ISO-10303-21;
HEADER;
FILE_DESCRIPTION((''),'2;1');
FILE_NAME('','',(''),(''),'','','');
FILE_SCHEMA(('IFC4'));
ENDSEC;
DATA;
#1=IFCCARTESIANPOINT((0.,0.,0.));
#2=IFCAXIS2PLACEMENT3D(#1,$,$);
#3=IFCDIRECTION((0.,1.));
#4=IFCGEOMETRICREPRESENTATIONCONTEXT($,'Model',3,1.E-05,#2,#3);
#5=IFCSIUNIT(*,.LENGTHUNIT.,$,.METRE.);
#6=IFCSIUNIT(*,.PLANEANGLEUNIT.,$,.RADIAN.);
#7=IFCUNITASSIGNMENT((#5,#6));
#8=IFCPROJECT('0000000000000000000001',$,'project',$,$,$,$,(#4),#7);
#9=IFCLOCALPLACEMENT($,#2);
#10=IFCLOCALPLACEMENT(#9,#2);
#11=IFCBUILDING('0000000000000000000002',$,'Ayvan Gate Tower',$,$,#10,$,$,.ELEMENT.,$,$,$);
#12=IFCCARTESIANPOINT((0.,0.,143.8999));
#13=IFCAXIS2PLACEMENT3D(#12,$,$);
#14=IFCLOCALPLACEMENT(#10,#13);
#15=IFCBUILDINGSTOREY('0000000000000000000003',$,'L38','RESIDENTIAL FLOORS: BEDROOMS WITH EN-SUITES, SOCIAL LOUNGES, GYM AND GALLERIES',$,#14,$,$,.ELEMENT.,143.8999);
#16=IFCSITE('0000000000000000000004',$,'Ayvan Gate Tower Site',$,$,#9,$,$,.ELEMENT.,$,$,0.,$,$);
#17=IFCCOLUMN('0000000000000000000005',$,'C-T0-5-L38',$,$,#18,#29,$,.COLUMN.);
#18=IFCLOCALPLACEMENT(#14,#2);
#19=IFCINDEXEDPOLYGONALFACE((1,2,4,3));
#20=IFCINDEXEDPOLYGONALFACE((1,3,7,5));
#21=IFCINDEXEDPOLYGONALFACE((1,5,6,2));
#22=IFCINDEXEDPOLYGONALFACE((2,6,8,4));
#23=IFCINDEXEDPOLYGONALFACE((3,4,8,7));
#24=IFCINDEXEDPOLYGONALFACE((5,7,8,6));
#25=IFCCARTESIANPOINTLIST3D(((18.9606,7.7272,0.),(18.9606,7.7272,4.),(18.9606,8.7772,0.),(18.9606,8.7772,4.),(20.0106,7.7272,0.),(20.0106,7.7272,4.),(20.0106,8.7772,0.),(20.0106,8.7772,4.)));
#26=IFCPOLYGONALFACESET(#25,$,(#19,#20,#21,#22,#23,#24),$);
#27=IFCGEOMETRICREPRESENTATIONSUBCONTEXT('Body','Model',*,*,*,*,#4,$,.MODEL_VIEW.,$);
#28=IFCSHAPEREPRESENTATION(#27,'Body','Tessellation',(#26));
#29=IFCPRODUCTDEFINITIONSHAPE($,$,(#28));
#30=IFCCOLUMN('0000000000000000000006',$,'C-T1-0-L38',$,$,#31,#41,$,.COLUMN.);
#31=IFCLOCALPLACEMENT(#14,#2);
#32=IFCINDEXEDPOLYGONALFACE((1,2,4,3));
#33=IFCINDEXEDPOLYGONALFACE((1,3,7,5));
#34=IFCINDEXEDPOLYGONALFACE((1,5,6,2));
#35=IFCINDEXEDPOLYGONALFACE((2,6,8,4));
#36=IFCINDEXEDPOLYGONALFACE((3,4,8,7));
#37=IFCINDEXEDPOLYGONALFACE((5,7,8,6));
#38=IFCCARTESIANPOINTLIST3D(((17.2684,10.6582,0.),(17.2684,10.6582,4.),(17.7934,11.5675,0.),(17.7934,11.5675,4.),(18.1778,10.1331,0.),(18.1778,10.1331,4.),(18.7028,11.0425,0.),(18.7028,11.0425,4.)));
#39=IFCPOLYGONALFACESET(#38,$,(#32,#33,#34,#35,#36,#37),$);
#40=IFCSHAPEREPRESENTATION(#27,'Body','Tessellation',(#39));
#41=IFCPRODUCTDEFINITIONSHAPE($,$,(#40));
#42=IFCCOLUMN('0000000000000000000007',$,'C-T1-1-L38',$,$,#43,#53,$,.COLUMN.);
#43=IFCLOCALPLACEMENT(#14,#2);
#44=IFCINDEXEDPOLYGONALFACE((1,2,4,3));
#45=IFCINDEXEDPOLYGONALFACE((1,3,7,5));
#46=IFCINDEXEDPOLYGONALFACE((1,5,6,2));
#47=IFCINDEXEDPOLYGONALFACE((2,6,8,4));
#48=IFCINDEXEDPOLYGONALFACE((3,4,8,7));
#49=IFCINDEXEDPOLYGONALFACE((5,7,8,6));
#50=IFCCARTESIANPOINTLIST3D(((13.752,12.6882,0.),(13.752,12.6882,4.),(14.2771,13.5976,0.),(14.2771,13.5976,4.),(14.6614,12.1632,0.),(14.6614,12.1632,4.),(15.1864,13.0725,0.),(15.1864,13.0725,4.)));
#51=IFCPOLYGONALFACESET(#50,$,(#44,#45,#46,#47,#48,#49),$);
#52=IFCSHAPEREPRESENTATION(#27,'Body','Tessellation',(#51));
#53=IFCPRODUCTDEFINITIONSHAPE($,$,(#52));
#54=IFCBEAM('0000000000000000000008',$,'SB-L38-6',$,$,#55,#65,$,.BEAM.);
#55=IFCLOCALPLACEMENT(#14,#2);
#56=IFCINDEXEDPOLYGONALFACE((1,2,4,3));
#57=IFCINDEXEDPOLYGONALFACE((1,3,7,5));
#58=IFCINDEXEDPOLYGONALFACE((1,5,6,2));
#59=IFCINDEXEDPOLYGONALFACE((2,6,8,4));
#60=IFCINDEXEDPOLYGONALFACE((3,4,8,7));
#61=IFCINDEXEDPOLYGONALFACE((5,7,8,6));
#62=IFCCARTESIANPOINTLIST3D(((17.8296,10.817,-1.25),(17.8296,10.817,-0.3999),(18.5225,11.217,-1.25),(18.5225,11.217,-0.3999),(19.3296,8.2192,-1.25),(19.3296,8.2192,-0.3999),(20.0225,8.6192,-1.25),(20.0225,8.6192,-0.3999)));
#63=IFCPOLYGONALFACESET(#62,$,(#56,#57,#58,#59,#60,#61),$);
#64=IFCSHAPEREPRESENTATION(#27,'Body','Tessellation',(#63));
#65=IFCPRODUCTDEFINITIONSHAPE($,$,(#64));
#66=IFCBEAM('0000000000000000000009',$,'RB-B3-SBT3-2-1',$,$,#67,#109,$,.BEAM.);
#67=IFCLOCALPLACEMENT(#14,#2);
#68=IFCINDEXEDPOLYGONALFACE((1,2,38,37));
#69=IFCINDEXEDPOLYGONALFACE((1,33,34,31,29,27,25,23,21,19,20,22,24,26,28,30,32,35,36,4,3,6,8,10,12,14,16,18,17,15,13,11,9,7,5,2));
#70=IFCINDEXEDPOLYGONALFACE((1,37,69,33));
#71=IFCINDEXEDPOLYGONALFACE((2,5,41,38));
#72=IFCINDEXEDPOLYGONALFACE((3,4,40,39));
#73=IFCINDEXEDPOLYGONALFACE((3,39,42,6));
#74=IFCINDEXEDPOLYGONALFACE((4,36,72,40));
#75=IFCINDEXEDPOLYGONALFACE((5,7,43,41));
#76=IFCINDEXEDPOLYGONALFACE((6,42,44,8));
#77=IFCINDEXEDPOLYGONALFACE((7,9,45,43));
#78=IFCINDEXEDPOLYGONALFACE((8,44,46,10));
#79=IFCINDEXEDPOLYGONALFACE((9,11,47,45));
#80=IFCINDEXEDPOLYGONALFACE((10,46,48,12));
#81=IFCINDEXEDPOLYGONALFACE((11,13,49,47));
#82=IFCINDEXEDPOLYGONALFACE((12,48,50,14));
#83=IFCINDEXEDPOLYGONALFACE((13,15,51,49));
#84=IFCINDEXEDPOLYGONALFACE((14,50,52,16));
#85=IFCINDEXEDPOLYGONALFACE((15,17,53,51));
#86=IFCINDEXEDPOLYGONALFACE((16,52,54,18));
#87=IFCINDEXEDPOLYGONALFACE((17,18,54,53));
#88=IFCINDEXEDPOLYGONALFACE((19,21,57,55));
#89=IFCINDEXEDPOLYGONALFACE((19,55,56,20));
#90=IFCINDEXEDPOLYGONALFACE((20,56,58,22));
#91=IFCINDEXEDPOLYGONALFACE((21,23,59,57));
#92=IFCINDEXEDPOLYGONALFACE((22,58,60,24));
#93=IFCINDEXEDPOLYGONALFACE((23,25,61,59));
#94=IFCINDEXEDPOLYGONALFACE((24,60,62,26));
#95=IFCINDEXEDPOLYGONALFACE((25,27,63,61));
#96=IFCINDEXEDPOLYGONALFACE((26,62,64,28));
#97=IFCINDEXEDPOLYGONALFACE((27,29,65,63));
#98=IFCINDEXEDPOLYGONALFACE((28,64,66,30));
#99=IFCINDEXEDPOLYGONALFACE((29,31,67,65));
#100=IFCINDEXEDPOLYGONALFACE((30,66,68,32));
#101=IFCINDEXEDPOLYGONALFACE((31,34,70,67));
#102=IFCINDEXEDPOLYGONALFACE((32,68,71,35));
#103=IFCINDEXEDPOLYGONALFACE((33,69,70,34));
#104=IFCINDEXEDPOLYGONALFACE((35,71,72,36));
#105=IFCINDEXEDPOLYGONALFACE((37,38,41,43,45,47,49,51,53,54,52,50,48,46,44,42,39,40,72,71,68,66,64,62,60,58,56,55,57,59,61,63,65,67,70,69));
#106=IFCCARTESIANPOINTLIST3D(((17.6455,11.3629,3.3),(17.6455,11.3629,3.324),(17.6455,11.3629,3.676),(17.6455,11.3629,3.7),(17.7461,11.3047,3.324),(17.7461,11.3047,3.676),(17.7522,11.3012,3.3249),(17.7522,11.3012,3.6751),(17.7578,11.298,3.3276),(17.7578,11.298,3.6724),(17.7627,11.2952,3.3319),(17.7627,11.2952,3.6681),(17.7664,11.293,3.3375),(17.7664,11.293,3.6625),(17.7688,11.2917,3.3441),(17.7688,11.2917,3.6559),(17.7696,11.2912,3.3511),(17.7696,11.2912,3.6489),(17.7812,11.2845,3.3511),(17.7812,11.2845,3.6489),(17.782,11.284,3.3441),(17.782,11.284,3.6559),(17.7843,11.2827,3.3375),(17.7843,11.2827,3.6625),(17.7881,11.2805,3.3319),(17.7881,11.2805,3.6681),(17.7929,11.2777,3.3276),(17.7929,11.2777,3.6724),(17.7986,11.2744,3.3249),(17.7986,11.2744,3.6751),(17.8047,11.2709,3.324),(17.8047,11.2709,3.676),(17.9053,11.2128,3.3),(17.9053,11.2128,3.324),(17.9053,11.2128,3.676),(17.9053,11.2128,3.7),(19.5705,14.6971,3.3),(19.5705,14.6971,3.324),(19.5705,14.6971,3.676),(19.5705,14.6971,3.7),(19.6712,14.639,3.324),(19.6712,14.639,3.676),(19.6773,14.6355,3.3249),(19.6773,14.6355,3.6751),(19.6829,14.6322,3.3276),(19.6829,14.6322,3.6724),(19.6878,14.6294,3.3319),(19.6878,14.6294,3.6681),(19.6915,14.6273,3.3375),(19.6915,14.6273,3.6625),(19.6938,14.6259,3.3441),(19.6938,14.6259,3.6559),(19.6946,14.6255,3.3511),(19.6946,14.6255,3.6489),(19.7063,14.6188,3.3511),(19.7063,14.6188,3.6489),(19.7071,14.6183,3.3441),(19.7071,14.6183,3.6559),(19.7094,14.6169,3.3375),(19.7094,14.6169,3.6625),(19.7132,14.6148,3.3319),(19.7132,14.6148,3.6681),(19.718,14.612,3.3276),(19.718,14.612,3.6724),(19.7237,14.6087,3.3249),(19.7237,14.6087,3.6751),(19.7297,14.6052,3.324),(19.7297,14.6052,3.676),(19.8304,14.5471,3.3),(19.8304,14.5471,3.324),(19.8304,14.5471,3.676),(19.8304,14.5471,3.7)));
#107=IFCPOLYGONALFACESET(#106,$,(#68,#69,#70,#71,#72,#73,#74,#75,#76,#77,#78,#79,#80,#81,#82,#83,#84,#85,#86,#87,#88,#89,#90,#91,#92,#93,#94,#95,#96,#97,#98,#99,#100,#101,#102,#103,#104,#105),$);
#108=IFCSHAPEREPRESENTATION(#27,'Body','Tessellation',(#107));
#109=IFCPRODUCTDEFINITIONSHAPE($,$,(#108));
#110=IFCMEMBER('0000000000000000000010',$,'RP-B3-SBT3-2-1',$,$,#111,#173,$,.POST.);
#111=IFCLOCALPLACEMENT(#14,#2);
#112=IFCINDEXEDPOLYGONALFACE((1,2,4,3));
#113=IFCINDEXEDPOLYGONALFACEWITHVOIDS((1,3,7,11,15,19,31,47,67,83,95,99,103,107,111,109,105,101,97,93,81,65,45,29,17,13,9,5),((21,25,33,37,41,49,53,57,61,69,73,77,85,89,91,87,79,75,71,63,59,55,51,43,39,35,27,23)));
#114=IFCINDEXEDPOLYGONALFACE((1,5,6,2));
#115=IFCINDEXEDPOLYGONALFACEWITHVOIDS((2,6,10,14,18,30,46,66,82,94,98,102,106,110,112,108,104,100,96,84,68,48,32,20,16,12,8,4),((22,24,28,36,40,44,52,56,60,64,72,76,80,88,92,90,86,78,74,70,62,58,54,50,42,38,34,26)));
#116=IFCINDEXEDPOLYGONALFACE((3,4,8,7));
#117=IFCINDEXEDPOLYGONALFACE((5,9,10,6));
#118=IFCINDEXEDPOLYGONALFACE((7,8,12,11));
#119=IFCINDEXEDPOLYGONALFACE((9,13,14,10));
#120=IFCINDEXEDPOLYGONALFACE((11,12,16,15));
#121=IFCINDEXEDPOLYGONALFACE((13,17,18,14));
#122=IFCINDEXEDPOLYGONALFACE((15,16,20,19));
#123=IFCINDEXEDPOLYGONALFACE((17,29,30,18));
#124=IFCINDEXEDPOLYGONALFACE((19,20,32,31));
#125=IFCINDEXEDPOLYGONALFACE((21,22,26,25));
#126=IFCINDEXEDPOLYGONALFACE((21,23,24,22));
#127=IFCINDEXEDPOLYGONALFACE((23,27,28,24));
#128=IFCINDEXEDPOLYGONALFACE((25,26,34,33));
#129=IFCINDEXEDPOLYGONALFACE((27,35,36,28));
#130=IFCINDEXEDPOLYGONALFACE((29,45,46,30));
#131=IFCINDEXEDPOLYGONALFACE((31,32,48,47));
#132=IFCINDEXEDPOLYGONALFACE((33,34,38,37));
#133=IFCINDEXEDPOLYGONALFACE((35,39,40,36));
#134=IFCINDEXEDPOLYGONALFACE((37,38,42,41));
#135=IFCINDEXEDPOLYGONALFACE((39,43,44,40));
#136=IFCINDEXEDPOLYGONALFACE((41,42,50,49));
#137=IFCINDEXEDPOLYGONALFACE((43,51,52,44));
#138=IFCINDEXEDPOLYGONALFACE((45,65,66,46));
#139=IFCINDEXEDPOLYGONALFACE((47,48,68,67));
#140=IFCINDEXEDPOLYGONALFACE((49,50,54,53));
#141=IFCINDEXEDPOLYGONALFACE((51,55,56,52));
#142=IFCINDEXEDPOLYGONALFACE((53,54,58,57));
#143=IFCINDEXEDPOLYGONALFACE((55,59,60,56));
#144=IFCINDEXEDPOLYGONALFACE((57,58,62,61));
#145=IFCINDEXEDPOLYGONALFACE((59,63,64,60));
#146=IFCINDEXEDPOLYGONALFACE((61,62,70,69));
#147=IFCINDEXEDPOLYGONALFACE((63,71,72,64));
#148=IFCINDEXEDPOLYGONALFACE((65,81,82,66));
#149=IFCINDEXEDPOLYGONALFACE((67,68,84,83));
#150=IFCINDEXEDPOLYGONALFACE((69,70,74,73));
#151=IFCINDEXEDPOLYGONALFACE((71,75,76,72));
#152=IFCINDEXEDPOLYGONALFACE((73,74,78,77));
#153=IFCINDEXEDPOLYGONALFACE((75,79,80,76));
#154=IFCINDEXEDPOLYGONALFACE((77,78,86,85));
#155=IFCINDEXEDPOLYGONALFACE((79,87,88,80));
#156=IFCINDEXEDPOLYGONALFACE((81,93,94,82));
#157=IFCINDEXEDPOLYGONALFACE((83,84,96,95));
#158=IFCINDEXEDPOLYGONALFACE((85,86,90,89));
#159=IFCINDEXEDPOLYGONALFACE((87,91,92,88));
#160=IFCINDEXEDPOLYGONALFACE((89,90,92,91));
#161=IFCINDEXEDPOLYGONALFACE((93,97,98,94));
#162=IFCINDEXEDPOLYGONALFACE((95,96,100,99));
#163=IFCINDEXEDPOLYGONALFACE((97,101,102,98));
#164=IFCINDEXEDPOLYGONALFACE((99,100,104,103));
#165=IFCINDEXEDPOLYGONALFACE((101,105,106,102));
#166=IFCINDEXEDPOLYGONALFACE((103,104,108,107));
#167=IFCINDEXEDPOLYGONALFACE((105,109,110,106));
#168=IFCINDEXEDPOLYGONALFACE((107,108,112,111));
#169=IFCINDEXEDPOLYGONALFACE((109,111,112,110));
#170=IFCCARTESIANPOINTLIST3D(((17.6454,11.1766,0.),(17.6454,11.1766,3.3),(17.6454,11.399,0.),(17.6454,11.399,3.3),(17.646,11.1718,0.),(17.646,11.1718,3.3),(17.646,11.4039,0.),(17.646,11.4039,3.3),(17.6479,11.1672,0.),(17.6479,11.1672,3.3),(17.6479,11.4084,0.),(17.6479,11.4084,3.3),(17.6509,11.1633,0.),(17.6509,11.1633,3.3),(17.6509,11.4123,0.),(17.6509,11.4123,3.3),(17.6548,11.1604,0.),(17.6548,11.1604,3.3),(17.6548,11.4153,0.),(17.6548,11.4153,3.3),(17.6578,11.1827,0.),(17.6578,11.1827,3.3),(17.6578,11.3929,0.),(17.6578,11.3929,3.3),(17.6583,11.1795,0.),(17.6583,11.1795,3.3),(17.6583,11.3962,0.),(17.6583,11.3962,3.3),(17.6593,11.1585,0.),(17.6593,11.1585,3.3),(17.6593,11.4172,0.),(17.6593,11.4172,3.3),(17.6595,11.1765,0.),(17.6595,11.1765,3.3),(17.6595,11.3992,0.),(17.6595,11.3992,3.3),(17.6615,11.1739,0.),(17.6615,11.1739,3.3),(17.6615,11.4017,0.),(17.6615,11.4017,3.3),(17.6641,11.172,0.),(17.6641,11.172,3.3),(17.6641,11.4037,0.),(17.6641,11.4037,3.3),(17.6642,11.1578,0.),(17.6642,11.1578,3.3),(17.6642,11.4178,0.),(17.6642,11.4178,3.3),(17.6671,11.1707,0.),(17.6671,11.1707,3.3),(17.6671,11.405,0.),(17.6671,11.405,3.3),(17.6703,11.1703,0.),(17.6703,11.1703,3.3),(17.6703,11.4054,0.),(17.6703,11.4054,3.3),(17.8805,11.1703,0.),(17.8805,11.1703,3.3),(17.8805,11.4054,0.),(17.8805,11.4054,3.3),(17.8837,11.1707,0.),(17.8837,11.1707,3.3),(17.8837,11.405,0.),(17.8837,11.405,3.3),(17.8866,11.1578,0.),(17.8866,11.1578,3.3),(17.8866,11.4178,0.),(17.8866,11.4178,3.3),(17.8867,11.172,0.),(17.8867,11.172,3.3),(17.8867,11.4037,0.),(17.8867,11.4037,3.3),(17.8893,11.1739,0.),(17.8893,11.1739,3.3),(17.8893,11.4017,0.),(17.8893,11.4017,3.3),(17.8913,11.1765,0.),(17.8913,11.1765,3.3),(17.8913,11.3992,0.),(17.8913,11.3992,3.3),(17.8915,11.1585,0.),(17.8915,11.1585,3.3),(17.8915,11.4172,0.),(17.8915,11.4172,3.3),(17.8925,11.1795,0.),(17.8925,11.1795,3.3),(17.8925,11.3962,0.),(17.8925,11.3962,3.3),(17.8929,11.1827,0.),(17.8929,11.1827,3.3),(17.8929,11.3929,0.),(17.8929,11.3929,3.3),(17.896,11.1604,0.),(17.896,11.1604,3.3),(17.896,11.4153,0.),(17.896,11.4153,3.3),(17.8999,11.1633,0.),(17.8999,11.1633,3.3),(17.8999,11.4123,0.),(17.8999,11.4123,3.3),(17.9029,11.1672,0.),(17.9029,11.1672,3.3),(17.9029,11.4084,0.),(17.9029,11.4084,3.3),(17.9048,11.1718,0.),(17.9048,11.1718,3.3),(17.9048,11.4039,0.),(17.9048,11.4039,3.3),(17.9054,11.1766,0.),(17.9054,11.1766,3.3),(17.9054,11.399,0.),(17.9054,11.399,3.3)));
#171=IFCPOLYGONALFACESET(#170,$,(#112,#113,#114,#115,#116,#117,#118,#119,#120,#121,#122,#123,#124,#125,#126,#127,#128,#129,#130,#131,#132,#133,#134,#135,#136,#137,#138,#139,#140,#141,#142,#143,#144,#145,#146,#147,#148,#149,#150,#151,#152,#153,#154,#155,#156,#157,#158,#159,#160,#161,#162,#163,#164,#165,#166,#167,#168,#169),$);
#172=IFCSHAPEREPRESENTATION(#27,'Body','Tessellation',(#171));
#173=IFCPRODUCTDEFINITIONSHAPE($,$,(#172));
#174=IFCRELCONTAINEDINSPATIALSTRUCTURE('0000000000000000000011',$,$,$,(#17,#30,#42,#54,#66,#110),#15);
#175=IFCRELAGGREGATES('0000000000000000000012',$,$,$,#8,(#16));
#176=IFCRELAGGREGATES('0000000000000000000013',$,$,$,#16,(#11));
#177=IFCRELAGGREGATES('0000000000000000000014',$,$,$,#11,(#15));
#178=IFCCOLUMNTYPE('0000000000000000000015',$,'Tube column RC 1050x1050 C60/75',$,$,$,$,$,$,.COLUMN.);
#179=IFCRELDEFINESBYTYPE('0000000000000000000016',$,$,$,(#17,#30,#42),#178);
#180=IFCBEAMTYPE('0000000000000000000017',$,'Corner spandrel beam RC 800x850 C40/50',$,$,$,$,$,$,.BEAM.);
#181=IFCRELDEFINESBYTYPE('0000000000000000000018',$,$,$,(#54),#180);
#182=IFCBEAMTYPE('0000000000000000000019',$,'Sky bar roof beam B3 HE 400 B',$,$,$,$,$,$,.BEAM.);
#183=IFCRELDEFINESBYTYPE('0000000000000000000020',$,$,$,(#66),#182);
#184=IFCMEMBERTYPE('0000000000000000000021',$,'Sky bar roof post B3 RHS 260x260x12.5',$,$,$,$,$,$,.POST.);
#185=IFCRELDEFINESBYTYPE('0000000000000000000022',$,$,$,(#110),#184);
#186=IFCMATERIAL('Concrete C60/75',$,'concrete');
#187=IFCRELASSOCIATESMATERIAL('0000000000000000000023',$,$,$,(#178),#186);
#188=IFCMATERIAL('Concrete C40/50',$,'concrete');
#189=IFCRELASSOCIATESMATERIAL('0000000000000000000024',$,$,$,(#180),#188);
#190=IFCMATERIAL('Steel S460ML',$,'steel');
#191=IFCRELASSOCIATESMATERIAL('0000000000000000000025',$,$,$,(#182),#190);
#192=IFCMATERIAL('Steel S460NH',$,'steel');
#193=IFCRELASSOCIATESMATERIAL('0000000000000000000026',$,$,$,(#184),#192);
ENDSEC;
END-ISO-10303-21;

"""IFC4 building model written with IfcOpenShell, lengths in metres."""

from ifc_helpers import new_model, si_unit, direction, frame, origin, origin_2d, place, context, subcontext, project, spatial, rectangle, hollow_rectangle, i_section, extrude, material, material_profile, profile_set, type_object, element, save


model = new_model("IFC4")

# Units and contexts
model_context = context("Model", 3, precision=1e-05, world=origin(), true_north=direction((0.0, 1.0)))
body_context = subcontext(model_context, "Body", "Model", "MODEL_VIEW")
ifc_project = project(units=[si_unit("LENGTHUNIT", "METRE"), si_unit("PLANEANGLEUNIT", "RADIAN")], contexts=[model_context])

# Site, building, storey
site_placement = place(None, origin())
site = spatial("IfcSite", under=ifc_project, at=site_placement, Name="Ayvan Gate Tower Site", CompositionType="ELEMENT", RefElevation=0.0)
building_placement = place(site_placement, origin())
building = spatial("IfcBuilding", under=site, at=building_placement, Name="Ayvan Gate Tower", CompositionType="ELEMENT")
storey_placement = place(building_placement, frame((0.0, 0.0, 143.8999)))
storey = spatial("IfcBuildingStorey", under=building, at=storey_placement, Name="L38", Description="RESIDENTIAL FLOORS: BEDROOMS WITH EN-SUITES, SOCIAL LOUNGES, GYM AND GALLERIES", CompositionType="ELEMENT", Elevation=143.8999)

# Columns
ifc_material_1 = material(Name="Concrete C60/75", Category="concrete")
ifc_material_profile_1 = material_profile(ifc_material_1, rectangle(XDim=1.05, YDim=1.05, at=origin_2d()), Name="RC 1050x1050")
ifc_profile_set_1 = profile_set([ifc_material_profile_1], Name="Concrete C60/75")
column_type = type_object("IfcColumnType", Name="Tube column RC 1050x1050 C60/75", PredefinedType="COLUMN", material=ifc_profile_set_1)
for number, where, z_axis, x_axis, name in (
    (1, (19.4856, 8.2522, 0.0), (0.0, 0.0, 1.0), (1.0, 0.0, 0.0), "C-T0-5-L38"),
    (2, (17.9856, 10.8503, 0.0), (0.0, 0.0, 1.0), (0.5, 0.866025, 0.0), "C-T1-0-L38"),
    (3, (14.4692, 12.8804, 0.0), (0.0, 0.0, 1.0), (0.5, 0.866025, 0.0), "C-T1-1-L38"),
):
    element("IfcColumn", number, at=place(storey_placement, frame(where, z_axis=z_axis, x_axis=x_axis)), inside=storey, type_object=column_type, Name=name, PredefinedType="COLUMN", context=body_context, shape_type="SweptSolid", body=[
        extrude(rectangle(XDim=1.05, YDim=1.05, at=origin_2d()), origin(), (0.0, 0.0, 1.0), 4.0),
    ])

# Beams
ifc_material_2 = material(Name="Concrete C40/50", Category="concrete")
ifc_material_profile_2 = material_profile(ifc_material_2, rectangle(XDim=0.8, YDim=0.8501, at=origin_2d()), Name="RC 800x850")
ifc_profile_set_2 = profile_set([ifc_material_profile_2], Name="Concrete C40/50")
beam_type_1 = type_object("IfcBeamType", Name="Corner spandrel beam RC 800x850 C40/50", PredefinedType="BEAM", material=ifc_profile_set_2)
beam_1_placement = place(storey_placement, frame((19.676, 8.4192, -0.825), z_axis=(-0.500025, 0.866011, 0.0), x_axis=(-0.866011, -0.500025, 0.0)))
element("IfcBeam", 4, at=beam_1_placement, inside=storey, type_object=beam_type_1, Name="SB-L38-6", PredefinedType="BEAM", context=body_context, shape_type="SweptSolid", body=[
    extrude(rectangle(XDim=0.8, YDim=0.8501, at=origin_2d()), origin(), (0.0, 0.0, 1.0), 2.9998),
])
ifc_material_3 = material(Name="Steel S460ML", Category="steel")
ifc_material_profile_3 = material_profile(ifc_material_3, i_section(OverallWidth=0.3, OverallDepth=0.3999, WebThickness=0.0134, FlangeThickness=0.0239, FilletRadius=0.0271, at=origin_2d()), Name="HE 400 B")
ifc_profile_set_3 = profile_set([ifc_material_profile_3], Name="Steel S460ML")
beam_type_2 = type_object("IfcBeamType", Name="Sky bar roof beam B3 HE 400 B", PredefinedType="BEAM", material=ifc_profile_set_3)
beam_2_placement = place(storey_placement, frame((17.7754, 11.2878, 3.5), z_axis=(0.500006, 0.866022, 0.0), x_axis=(-0.866022, 0.500006, 0.0)))
element("IfcBeam", 5, at=beam_2_placement, inside=storey, type_object=beam_type_2, Name="RB-B3-SBT3-2-1", PredefinedType="BEAM", context=body_context, shape_type="SweptSolid", body=[
    extrude(i_section(OverallWidth=0.3, OverallDepth=0.3999, WebThickness=0.0134, FlangeThickness=0.0239, FilletRadius=0.0271, at=origin_2d()), origin(), (0.0, 0.0, 1.0), 3.8501),
])

# Member
ifc_material_4 = material(Name="Steel S460NH", Category="steel")
ifc_material_profile_4 = material_profile(ifc_material_4, hollow_rectangle(XDim=0.26, YDim=0.26, WallThickness=0.0125, InnerFilletRadius=0.0125, OuterFilletRadius=0.0188, at=origin_2d()), Name="RHS 260x260x12.5")
ifc_profile_set_4 = profile_set([ifc_material_profile_4], Name="Steel S460NH")
member_type_1 = type_object("IfcMemberType", Name="Sky bar roof post B3 RHS 260x260x12.5", PredefinedType="POST", material=ifc_profile_set_4)
member_1_placement = place(storey_placement, frame((17.7754, 11.2878, 0.0), z_axis=(0.0, 0.0, 1.0), x_axis=(1.0, 0.0, 0.0)))
element("IfcMember", 6, at=member_1_placement, inside=storey, type_object=member_type_1, Name="RP-B3-SBT3-2-1", PredefinedType="POST", context=body_context, shape_type="SweptSolid", body=[
    extrude(hollow_rectangle(XDim=0.26, YDim=0.26, WallThickness=0.0125, InnerFilletRadius=0.0125, OuterFilletRadius=0.0188, at=origin_2d()), origin(), (0.0, 0.0, 1.0), 3.3),
])

save(model, "model.ifc")
